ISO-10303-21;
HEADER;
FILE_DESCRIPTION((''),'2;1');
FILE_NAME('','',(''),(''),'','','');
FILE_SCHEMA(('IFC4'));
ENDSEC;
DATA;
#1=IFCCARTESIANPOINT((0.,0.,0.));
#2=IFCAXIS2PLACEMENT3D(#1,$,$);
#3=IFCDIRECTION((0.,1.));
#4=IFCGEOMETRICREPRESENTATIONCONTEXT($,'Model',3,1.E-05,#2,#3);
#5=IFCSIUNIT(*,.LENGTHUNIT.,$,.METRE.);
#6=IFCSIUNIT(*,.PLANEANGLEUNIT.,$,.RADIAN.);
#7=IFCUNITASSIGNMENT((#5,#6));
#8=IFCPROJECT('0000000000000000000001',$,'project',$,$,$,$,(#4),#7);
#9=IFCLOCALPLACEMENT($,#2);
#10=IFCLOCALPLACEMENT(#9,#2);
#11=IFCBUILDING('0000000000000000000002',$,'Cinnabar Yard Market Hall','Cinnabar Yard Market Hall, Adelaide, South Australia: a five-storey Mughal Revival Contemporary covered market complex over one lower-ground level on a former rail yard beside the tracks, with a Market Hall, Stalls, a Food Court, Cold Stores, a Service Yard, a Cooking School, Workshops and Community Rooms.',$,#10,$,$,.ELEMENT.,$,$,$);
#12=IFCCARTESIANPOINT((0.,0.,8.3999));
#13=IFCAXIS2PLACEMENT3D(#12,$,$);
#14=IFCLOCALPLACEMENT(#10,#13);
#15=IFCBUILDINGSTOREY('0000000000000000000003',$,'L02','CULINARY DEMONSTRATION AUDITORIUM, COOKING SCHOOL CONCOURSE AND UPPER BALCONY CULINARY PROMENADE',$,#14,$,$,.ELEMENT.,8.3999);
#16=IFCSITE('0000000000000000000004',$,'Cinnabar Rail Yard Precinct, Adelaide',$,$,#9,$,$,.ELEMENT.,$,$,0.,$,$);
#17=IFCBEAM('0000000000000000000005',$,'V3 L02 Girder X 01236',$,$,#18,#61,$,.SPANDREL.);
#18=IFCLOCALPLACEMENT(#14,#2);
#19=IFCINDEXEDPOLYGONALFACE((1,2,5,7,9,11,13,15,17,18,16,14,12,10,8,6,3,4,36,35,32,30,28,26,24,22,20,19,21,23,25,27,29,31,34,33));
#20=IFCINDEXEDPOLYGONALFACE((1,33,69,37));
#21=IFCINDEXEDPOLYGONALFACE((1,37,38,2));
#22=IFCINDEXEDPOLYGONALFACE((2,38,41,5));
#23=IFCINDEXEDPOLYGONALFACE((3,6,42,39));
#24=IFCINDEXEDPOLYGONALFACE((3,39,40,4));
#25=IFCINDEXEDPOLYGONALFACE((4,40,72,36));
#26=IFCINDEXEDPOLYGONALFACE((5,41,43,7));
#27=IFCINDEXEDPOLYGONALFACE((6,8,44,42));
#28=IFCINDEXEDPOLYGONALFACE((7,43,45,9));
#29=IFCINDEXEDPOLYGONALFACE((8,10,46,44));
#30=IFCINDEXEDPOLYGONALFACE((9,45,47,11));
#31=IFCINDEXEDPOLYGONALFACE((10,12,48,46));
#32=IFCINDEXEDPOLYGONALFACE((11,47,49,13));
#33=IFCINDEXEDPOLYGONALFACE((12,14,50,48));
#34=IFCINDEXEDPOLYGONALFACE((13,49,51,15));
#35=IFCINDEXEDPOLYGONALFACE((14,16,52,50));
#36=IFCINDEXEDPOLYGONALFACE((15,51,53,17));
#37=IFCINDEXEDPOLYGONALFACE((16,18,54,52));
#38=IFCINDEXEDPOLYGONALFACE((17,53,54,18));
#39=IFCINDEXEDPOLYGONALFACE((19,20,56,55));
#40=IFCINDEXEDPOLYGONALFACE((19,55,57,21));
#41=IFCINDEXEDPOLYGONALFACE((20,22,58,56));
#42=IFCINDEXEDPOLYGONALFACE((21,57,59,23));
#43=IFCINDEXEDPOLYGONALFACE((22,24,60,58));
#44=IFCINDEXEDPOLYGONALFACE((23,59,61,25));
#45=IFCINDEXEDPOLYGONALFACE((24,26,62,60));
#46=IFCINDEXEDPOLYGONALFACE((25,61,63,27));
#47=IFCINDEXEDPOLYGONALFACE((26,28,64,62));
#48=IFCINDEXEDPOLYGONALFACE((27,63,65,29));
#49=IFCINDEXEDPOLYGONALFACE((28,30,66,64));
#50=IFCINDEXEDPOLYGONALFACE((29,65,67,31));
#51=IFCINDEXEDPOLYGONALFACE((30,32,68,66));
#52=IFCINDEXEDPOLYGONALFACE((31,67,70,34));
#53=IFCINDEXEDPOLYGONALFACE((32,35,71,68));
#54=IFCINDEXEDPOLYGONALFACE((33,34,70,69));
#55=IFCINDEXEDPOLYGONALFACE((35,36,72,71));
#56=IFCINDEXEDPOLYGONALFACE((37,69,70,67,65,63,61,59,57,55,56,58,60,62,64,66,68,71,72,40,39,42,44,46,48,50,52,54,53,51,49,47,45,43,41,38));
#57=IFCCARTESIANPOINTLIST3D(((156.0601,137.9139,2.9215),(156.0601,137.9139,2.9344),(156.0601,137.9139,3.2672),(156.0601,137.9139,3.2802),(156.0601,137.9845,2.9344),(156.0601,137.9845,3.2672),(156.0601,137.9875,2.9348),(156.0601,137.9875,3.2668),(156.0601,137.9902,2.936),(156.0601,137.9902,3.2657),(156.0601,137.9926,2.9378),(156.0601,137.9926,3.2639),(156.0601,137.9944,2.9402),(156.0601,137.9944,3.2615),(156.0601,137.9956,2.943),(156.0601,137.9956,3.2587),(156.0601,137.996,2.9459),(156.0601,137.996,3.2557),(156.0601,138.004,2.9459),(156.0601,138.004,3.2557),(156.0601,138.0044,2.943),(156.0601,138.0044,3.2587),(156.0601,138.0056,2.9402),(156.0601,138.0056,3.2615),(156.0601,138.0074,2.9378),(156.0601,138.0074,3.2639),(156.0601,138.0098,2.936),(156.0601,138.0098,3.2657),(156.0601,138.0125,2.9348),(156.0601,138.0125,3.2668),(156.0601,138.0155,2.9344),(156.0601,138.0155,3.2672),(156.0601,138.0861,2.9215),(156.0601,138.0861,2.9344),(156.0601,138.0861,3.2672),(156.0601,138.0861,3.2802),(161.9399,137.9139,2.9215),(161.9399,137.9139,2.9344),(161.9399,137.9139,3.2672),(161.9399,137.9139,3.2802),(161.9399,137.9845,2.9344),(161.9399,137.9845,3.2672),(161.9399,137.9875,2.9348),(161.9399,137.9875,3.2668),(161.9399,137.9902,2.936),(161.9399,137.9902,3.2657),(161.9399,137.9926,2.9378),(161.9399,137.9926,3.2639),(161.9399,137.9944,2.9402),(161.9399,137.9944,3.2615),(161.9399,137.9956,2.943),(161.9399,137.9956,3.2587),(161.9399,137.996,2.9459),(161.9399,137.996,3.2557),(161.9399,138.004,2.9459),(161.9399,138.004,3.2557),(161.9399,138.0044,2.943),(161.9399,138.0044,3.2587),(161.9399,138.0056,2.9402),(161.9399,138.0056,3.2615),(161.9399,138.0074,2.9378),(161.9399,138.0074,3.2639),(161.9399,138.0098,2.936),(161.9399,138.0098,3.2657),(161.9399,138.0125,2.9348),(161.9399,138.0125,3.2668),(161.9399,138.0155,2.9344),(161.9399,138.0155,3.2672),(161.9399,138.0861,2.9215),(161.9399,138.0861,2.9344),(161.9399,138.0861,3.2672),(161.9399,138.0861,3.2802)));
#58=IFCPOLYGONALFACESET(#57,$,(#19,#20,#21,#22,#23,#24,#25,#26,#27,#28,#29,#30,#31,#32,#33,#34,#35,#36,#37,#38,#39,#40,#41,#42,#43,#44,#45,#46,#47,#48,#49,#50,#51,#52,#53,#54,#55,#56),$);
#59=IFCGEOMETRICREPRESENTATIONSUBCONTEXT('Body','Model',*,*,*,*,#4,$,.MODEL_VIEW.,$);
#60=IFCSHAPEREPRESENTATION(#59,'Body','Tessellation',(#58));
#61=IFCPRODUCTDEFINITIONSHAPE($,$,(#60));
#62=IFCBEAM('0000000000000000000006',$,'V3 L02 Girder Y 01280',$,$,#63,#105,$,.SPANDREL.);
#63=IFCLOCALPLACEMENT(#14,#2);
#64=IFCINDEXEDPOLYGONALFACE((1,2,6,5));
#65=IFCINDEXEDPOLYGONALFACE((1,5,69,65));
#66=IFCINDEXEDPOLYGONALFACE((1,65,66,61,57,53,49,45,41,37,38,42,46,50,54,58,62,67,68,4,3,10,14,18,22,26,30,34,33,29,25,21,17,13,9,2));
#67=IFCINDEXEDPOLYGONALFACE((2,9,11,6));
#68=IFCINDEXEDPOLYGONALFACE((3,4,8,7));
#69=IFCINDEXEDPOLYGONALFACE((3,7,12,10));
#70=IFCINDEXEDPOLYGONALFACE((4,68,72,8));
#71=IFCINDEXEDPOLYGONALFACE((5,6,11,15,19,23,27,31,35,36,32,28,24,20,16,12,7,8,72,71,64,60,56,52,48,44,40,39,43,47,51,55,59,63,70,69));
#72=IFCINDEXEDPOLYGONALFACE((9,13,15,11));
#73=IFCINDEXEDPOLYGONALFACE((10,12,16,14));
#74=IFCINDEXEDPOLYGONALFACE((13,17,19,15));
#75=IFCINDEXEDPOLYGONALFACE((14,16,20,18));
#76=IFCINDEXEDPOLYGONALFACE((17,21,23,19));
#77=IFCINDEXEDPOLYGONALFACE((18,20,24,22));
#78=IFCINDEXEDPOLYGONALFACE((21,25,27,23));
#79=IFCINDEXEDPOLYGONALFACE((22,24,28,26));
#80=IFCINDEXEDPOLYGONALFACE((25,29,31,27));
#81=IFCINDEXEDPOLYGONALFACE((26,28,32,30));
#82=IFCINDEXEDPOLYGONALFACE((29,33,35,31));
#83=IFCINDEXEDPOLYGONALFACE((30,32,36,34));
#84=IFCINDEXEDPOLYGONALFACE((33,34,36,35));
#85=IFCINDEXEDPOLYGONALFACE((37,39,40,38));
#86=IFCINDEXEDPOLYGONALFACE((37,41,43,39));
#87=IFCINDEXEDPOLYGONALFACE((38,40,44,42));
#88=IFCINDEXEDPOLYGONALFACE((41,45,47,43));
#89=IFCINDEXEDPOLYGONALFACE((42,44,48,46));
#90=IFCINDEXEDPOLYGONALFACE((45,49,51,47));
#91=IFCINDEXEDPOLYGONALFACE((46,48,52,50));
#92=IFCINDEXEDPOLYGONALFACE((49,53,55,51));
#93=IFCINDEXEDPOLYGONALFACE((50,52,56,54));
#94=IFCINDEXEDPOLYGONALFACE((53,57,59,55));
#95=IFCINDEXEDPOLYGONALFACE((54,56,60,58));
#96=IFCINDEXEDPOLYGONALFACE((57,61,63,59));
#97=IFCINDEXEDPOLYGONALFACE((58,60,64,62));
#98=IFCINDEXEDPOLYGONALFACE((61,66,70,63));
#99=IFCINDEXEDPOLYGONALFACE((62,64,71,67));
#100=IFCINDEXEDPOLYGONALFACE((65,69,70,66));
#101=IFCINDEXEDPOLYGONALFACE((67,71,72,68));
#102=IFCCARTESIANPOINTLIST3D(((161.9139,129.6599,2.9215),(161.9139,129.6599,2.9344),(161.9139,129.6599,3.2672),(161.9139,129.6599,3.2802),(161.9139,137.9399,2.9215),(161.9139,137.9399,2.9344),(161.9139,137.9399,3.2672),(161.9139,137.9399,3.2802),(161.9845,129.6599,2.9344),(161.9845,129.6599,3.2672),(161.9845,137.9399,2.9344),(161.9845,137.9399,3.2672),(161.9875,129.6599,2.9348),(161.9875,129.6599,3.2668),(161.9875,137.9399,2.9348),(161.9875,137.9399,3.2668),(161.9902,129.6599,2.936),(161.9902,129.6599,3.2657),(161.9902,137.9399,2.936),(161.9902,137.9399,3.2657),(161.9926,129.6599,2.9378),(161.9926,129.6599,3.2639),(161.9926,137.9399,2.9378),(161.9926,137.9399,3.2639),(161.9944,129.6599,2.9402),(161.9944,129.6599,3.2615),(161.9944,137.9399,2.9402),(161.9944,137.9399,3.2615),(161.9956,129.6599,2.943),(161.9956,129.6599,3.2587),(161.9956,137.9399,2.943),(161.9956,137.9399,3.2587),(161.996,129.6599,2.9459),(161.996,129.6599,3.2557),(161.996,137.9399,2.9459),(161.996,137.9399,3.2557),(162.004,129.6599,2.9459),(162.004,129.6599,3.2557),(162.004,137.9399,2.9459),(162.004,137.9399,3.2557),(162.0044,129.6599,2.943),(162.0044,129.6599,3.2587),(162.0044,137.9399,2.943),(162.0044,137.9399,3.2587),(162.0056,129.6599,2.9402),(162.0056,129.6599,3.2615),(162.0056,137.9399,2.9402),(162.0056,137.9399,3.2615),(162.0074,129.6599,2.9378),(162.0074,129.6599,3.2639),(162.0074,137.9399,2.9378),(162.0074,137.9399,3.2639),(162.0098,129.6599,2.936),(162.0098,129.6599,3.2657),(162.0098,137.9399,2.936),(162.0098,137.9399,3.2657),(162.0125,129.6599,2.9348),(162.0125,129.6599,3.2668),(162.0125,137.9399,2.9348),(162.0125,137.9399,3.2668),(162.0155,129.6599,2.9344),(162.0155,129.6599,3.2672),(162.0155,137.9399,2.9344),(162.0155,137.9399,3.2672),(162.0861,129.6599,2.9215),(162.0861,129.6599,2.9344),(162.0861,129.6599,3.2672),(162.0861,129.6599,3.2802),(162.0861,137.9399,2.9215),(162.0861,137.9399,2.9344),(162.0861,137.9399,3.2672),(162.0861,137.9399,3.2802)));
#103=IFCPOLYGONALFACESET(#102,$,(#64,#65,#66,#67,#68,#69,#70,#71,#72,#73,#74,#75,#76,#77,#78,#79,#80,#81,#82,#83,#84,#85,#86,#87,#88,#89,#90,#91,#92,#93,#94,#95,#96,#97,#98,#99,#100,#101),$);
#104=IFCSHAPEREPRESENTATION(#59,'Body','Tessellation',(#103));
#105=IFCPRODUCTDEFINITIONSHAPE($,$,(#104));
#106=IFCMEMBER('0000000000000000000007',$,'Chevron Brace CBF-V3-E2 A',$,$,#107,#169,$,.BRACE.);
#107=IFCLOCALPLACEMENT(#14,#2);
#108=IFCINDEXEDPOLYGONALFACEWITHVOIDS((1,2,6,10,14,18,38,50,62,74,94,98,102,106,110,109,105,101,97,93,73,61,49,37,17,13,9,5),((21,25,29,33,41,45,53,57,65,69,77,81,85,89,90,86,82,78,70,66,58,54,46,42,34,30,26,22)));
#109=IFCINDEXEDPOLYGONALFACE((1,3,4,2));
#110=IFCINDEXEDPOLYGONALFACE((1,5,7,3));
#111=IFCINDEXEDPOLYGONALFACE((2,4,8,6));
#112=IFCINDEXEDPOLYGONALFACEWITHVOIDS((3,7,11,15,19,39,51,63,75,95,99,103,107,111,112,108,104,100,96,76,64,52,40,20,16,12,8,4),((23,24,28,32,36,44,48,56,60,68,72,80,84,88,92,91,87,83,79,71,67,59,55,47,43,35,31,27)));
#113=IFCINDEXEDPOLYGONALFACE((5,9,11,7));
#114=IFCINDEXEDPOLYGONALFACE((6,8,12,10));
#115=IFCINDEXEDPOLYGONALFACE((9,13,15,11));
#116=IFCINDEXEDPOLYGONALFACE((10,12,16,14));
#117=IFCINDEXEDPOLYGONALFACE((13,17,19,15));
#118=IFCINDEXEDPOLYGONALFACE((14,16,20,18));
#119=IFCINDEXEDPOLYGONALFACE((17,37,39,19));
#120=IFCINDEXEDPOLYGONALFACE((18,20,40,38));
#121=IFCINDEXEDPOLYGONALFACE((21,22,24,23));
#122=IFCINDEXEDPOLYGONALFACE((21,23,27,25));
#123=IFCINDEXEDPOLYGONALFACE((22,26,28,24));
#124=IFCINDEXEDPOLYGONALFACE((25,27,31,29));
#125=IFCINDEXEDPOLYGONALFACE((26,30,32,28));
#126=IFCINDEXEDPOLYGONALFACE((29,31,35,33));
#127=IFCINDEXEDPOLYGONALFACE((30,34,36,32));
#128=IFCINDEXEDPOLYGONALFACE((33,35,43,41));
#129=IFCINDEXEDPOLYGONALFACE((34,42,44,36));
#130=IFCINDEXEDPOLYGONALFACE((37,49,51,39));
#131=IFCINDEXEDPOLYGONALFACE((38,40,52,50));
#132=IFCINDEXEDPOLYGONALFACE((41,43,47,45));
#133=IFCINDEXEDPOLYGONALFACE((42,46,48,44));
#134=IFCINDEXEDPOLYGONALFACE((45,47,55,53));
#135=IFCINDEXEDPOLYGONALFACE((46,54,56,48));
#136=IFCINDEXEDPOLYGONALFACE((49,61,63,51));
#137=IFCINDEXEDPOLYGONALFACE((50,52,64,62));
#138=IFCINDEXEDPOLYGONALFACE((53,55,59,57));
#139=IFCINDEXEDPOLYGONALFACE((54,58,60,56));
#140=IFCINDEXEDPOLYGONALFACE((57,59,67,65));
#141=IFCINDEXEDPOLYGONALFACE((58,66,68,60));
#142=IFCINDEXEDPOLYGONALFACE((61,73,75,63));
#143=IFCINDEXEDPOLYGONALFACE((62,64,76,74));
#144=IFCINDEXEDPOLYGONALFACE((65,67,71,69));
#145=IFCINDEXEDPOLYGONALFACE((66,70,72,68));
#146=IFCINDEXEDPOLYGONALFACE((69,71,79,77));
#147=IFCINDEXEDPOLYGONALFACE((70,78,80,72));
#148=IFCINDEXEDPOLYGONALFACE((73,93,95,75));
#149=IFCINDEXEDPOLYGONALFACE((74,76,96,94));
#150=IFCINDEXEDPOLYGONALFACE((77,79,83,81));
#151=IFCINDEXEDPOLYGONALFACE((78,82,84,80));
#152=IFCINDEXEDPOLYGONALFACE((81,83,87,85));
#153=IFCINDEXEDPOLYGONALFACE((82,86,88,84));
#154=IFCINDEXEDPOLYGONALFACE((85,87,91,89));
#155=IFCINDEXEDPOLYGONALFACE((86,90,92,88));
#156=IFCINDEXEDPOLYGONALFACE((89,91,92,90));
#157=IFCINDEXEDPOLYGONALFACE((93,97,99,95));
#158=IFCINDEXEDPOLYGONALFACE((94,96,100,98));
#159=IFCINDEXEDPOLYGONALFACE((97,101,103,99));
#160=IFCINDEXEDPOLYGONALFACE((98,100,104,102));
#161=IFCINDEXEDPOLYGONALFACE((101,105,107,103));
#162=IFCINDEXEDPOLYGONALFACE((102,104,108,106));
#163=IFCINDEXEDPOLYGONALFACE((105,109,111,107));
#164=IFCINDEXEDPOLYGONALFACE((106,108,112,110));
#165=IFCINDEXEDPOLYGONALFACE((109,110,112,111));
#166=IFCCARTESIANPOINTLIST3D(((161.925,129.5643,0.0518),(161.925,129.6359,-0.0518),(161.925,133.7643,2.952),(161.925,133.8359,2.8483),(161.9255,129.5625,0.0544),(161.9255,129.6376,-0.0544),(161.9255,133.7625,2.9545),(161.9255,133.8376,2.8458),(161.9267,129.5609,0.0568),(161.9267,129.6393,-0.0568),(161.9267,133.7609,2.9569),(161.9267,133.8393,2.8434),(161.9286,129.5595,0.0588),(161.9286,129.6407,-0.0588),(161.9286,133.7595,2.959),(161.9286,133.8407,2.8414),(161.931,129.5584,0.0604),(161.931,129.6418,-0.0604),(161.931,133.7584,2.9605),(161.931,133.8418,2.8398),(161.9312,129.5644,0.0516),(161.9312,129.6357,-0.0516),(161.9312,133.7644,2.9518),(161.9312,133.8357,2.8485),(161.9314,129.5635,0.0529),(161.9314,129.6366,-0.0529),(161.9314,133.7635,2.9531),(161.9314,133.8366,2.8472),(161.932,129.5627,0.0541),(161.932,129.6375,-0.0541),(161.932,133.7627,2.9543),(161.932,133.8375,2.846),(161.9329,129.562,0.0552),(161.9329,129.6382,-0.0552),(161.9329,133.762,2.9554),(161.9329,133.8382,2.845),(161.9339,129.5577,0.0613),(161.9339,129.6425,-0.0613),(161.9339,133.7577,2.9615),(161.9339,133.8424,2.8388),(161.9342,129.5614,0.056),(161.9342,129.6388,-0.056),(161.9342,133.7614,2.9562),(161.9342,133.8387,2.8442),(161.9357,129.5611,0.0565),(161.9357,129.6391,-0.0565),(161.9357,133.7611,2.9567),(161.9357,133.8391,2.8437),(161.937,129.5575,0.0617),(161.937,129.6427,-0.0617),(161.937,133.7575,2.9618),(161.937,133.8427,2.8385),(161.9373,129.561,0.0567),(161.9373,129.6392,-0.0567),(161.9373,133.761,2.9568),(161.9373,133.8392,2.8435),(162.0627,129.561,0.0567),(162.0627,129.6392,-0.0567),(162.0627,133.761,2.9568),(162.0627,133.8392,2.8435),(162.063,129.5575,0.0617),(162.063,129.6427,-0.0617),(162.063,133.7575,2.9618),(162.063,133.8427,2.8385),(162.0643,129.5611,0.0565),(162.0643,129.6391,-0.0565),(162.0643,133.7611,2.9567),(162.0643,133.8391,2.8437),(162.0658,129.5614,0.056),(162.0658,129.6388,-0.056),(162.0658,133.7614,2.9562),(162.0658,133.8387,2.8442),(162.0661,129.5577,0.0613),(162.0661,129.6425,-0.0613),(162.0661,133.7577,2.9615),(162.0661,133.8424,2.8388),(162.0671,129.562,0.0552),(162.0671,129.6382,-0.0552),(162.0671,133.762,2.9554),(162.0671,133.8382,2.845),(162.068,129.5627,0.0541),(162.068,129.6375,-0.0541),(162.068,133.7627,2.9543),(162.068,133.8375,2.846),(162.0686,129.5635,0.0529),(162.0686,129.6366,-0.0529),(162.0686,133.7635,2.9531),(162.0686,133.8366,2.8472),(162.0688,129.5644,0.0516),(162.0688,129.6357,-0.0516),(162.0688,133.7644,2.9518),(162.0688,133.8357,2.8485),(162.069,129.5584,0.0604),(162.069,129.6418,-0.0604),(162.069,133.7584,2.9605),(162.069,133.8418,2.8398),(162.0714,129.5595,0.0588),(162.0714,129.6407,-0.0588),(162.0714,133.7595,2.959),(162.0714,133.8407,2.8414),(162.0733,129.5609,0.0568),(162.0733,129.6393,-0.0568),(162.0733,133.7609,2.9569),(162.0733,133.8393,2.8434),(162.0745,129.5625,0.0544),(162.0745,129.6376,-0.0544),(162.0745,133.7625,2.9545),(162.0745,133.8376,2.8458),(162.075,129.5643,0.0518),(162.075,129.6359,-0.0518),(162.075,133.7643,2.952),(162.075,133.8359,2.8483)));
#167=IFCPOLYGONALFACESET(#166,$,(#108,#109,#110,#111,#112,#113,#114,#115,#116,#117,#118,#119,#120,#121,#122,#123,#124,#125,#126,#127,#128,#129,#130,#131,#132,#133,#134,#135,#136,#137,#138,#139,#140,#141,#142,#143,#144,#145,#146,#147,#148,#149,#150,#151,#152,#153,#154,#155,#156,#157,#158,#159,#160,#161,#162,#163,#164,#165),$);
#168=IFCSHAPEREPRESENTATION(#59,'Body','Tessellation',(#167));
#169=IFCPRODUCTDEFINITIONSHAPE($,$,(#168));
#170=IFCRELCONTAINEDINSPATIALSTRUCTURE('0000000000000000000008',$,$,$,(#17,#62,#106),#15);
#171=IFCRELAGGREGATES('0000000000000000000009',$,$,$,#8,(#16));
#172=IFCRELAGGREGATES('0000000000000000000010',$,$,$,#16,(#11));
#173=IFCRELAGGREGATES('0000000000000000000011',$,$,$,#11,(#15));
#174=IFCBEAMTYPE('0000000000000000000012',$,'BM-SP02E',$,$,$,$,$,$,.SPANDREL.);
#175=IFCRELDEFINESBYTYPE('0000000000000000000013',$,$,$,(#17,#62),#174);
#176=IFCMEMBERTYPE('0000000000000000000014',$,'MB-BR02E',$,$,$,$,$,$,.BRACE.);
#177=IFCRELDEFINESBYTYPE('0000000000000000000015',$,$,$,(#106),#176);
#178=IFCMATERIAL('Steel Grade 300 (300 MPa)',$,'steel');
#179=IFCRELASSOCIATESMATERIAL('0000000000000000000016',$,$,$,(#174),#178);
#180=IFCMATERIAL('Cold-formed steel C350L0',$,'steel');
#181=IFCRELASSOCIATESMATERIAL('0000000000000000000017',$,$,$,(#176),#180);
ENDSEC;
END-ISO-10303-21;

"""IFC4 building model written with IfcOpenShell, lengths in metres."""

from ifc_helpers import new_model, si_unit, direction, frame, origin, origin_2d_with_axis, place, context, subcontext, project, spatial, hollow_rectangle, i_section, extrude, material, material_profile, profile_set, type_object, element, save


model = new_model("IFC4")

# Units and contexts
model_context = context("Model", 3, precision=1e-05, world=origin(), true_north=direction((0.0, 1.0)))
body_context = subcontext(model_context, "Body", "Model", "MODEL_VIEW")
ifc_project = project(units=[si_unit("LENGTHUNIT", "METRE"), si_unit("PLANEANGLEUNIT", "RADIAN")], contexts=[model_context])

# Site, building, storey
site_placement = place(None, origin())
site = spatial("IfcSite", under=ifc_project, at=site_placement, Name="Cinnabar Rail Yard Precinct, Adelaide", CompositionType="ELEMENT", RefElevation=0.0)
building_placement = place(site_placement, origin())
building = spatial("IfcBuilding", under=site, at=building_placement, Name="Cinnabar Yard Market Hall", Description="Cinnabar Yard Market Hall, Adelaide, South Australia: a five-storey Mughal Revival Contemporary covered market complex over one lower-ground level on a former rail yard beside the tracks, with a Market Hall, Stalls, a Food Court, Cold Stores, a Service Yard, a Cooking School, Workshops and Community Rooms.", CompositionType="ELEMENT")
storey_placement = place(building_placement, frame((0.0, 0.0, 8.3999)))
storey = spatial("IfcBuildingStorey", under=building, at=storey_placement, Name="L02", Description="CULINARY DEMONSTRATION AUDITORIUM, COOKING SCHOOL CONCOURSE AND UPPER BALCONY CULINARY PROMENADE", CompositionType="ELEMENT", Elevation=8.3999)

# Shared definitions
ifc_material_1 = material(Name="Steel Grade 300 (300 MPa)", Category="steel")

# Beams
ifc_material_profile_1 = material_profile(ifc_material_1, i_section(OverallWidth=0.1721, OverallDepth=0.3586, WebThickness=0.0081, FlangeThickness=0.0129, FilletRadius=0.0115, at=origin_2d_with_axis()), Name="360UB56.7")
ifc_profile_set_1 = profile_set([ifc_material_profile_1], Name="Steel Grade 300 (300 MPa)")
beam_type_1 = type_object("IfcBeamType", Name="BM-SP02E", PredefinedType="SPANDREL", material=ifc_profile_set_1)
beam_1_placement = place(storey_placement, frame((156.0601, 138.0, 3.1008), z_axis=(1.0, 0.0, 0.0), x_axis=(0.0, 1.0, 0.0)))
element("IfcBeam", 1, at=beam_1_placement, inside=storey, type_object=beam_type_1, Name="V3 L02 Girder X 01236", PredefinedType="SPANDREL", context=body_context, shape_type="SweptSolid", body=[
    extrude(i_section(OverallWidth=0.1721, OverallDepth=0.3586, WebThickness=0.0081, FlangeThickness=0.0129, FilletRadius=0.0115, at=origin_2d_with_axis()), origin(), (0.0, 0.0, 1.0), 5.8799),
])
beam_2_placement = place(storey_placement, frame((162.0, 129.6599, 3.1008), z_axis=(0.0, 1.0, 0.0), x_axis=(-1.0, 0.0, 0.0)))
element("IfcBeam", 2, at=beam_2_placement, inside=storey, type_object=beam_type_1, Name="V3 L02 Girder Y 01280", PredefinedType="SPANDREL", context=body_context, shape_type="SweptSolid", body=[
    extrude(i_section(OverallWidth=0.1721, OverallDepth=0.3586, WebThickness=0.0081, FlangeThickness=0.0129, FilletRadius=0.0115, at=origin_2d_with_axis()), origin(), (0.0, 0.0, 1.0), 8.28),
])

# Member
ifc_material_2 = material(Name="Cold-formed steel C350L0", Category="steel")
ifc_material_profile_2 = material_profile(ifc_material_2, hollow_rectangle(XDim=0.1499, YDim=0.1499, WallThickness=0.0061, InnerFilletRadius=0.0061, OuterFilletRadius=0.012, at=origin_2d_with_axis()), Name="150x150x6.0SHS")
ifc_profile_set_2 = profile_set([ifc_material_profile_2], Name="Cold-formed steel C350L0")
member_type = type_object("IfcMemberType", Name="MB-BR02E", PredefinedType="BRACE", material=ifc_profile_set_2)
for number, where, z_axis, x_axis, name in (
    (3, (162.0, 129.6001, 0.0), (0.0, 0.82288, 0.568215), (-1.0, 0.0, 0.0), "Chevron Brace CBF-V3-E2 A"),
):
    element("IfcMember", number, at=place(storey_placement, frame(where, z_axis=z_axis, x_axis=x_axis)), inside=storey, type_object=member_type, Name=name, PredefinedType="BRACE", context=body_context, shape_type="SweptSolid", body=[
        extrude(hollow_rectangle(XDim=0.1499, YDim=0.1499, WallThickness=0.0061, InnerFilletRadius=0.0061, OuterFilletRadius=0.012, at=origin_2d_with_axis()), origin(), (0.0, 0.0, 1.0), 5.104),
    ])

save(model, "model.ifc")
